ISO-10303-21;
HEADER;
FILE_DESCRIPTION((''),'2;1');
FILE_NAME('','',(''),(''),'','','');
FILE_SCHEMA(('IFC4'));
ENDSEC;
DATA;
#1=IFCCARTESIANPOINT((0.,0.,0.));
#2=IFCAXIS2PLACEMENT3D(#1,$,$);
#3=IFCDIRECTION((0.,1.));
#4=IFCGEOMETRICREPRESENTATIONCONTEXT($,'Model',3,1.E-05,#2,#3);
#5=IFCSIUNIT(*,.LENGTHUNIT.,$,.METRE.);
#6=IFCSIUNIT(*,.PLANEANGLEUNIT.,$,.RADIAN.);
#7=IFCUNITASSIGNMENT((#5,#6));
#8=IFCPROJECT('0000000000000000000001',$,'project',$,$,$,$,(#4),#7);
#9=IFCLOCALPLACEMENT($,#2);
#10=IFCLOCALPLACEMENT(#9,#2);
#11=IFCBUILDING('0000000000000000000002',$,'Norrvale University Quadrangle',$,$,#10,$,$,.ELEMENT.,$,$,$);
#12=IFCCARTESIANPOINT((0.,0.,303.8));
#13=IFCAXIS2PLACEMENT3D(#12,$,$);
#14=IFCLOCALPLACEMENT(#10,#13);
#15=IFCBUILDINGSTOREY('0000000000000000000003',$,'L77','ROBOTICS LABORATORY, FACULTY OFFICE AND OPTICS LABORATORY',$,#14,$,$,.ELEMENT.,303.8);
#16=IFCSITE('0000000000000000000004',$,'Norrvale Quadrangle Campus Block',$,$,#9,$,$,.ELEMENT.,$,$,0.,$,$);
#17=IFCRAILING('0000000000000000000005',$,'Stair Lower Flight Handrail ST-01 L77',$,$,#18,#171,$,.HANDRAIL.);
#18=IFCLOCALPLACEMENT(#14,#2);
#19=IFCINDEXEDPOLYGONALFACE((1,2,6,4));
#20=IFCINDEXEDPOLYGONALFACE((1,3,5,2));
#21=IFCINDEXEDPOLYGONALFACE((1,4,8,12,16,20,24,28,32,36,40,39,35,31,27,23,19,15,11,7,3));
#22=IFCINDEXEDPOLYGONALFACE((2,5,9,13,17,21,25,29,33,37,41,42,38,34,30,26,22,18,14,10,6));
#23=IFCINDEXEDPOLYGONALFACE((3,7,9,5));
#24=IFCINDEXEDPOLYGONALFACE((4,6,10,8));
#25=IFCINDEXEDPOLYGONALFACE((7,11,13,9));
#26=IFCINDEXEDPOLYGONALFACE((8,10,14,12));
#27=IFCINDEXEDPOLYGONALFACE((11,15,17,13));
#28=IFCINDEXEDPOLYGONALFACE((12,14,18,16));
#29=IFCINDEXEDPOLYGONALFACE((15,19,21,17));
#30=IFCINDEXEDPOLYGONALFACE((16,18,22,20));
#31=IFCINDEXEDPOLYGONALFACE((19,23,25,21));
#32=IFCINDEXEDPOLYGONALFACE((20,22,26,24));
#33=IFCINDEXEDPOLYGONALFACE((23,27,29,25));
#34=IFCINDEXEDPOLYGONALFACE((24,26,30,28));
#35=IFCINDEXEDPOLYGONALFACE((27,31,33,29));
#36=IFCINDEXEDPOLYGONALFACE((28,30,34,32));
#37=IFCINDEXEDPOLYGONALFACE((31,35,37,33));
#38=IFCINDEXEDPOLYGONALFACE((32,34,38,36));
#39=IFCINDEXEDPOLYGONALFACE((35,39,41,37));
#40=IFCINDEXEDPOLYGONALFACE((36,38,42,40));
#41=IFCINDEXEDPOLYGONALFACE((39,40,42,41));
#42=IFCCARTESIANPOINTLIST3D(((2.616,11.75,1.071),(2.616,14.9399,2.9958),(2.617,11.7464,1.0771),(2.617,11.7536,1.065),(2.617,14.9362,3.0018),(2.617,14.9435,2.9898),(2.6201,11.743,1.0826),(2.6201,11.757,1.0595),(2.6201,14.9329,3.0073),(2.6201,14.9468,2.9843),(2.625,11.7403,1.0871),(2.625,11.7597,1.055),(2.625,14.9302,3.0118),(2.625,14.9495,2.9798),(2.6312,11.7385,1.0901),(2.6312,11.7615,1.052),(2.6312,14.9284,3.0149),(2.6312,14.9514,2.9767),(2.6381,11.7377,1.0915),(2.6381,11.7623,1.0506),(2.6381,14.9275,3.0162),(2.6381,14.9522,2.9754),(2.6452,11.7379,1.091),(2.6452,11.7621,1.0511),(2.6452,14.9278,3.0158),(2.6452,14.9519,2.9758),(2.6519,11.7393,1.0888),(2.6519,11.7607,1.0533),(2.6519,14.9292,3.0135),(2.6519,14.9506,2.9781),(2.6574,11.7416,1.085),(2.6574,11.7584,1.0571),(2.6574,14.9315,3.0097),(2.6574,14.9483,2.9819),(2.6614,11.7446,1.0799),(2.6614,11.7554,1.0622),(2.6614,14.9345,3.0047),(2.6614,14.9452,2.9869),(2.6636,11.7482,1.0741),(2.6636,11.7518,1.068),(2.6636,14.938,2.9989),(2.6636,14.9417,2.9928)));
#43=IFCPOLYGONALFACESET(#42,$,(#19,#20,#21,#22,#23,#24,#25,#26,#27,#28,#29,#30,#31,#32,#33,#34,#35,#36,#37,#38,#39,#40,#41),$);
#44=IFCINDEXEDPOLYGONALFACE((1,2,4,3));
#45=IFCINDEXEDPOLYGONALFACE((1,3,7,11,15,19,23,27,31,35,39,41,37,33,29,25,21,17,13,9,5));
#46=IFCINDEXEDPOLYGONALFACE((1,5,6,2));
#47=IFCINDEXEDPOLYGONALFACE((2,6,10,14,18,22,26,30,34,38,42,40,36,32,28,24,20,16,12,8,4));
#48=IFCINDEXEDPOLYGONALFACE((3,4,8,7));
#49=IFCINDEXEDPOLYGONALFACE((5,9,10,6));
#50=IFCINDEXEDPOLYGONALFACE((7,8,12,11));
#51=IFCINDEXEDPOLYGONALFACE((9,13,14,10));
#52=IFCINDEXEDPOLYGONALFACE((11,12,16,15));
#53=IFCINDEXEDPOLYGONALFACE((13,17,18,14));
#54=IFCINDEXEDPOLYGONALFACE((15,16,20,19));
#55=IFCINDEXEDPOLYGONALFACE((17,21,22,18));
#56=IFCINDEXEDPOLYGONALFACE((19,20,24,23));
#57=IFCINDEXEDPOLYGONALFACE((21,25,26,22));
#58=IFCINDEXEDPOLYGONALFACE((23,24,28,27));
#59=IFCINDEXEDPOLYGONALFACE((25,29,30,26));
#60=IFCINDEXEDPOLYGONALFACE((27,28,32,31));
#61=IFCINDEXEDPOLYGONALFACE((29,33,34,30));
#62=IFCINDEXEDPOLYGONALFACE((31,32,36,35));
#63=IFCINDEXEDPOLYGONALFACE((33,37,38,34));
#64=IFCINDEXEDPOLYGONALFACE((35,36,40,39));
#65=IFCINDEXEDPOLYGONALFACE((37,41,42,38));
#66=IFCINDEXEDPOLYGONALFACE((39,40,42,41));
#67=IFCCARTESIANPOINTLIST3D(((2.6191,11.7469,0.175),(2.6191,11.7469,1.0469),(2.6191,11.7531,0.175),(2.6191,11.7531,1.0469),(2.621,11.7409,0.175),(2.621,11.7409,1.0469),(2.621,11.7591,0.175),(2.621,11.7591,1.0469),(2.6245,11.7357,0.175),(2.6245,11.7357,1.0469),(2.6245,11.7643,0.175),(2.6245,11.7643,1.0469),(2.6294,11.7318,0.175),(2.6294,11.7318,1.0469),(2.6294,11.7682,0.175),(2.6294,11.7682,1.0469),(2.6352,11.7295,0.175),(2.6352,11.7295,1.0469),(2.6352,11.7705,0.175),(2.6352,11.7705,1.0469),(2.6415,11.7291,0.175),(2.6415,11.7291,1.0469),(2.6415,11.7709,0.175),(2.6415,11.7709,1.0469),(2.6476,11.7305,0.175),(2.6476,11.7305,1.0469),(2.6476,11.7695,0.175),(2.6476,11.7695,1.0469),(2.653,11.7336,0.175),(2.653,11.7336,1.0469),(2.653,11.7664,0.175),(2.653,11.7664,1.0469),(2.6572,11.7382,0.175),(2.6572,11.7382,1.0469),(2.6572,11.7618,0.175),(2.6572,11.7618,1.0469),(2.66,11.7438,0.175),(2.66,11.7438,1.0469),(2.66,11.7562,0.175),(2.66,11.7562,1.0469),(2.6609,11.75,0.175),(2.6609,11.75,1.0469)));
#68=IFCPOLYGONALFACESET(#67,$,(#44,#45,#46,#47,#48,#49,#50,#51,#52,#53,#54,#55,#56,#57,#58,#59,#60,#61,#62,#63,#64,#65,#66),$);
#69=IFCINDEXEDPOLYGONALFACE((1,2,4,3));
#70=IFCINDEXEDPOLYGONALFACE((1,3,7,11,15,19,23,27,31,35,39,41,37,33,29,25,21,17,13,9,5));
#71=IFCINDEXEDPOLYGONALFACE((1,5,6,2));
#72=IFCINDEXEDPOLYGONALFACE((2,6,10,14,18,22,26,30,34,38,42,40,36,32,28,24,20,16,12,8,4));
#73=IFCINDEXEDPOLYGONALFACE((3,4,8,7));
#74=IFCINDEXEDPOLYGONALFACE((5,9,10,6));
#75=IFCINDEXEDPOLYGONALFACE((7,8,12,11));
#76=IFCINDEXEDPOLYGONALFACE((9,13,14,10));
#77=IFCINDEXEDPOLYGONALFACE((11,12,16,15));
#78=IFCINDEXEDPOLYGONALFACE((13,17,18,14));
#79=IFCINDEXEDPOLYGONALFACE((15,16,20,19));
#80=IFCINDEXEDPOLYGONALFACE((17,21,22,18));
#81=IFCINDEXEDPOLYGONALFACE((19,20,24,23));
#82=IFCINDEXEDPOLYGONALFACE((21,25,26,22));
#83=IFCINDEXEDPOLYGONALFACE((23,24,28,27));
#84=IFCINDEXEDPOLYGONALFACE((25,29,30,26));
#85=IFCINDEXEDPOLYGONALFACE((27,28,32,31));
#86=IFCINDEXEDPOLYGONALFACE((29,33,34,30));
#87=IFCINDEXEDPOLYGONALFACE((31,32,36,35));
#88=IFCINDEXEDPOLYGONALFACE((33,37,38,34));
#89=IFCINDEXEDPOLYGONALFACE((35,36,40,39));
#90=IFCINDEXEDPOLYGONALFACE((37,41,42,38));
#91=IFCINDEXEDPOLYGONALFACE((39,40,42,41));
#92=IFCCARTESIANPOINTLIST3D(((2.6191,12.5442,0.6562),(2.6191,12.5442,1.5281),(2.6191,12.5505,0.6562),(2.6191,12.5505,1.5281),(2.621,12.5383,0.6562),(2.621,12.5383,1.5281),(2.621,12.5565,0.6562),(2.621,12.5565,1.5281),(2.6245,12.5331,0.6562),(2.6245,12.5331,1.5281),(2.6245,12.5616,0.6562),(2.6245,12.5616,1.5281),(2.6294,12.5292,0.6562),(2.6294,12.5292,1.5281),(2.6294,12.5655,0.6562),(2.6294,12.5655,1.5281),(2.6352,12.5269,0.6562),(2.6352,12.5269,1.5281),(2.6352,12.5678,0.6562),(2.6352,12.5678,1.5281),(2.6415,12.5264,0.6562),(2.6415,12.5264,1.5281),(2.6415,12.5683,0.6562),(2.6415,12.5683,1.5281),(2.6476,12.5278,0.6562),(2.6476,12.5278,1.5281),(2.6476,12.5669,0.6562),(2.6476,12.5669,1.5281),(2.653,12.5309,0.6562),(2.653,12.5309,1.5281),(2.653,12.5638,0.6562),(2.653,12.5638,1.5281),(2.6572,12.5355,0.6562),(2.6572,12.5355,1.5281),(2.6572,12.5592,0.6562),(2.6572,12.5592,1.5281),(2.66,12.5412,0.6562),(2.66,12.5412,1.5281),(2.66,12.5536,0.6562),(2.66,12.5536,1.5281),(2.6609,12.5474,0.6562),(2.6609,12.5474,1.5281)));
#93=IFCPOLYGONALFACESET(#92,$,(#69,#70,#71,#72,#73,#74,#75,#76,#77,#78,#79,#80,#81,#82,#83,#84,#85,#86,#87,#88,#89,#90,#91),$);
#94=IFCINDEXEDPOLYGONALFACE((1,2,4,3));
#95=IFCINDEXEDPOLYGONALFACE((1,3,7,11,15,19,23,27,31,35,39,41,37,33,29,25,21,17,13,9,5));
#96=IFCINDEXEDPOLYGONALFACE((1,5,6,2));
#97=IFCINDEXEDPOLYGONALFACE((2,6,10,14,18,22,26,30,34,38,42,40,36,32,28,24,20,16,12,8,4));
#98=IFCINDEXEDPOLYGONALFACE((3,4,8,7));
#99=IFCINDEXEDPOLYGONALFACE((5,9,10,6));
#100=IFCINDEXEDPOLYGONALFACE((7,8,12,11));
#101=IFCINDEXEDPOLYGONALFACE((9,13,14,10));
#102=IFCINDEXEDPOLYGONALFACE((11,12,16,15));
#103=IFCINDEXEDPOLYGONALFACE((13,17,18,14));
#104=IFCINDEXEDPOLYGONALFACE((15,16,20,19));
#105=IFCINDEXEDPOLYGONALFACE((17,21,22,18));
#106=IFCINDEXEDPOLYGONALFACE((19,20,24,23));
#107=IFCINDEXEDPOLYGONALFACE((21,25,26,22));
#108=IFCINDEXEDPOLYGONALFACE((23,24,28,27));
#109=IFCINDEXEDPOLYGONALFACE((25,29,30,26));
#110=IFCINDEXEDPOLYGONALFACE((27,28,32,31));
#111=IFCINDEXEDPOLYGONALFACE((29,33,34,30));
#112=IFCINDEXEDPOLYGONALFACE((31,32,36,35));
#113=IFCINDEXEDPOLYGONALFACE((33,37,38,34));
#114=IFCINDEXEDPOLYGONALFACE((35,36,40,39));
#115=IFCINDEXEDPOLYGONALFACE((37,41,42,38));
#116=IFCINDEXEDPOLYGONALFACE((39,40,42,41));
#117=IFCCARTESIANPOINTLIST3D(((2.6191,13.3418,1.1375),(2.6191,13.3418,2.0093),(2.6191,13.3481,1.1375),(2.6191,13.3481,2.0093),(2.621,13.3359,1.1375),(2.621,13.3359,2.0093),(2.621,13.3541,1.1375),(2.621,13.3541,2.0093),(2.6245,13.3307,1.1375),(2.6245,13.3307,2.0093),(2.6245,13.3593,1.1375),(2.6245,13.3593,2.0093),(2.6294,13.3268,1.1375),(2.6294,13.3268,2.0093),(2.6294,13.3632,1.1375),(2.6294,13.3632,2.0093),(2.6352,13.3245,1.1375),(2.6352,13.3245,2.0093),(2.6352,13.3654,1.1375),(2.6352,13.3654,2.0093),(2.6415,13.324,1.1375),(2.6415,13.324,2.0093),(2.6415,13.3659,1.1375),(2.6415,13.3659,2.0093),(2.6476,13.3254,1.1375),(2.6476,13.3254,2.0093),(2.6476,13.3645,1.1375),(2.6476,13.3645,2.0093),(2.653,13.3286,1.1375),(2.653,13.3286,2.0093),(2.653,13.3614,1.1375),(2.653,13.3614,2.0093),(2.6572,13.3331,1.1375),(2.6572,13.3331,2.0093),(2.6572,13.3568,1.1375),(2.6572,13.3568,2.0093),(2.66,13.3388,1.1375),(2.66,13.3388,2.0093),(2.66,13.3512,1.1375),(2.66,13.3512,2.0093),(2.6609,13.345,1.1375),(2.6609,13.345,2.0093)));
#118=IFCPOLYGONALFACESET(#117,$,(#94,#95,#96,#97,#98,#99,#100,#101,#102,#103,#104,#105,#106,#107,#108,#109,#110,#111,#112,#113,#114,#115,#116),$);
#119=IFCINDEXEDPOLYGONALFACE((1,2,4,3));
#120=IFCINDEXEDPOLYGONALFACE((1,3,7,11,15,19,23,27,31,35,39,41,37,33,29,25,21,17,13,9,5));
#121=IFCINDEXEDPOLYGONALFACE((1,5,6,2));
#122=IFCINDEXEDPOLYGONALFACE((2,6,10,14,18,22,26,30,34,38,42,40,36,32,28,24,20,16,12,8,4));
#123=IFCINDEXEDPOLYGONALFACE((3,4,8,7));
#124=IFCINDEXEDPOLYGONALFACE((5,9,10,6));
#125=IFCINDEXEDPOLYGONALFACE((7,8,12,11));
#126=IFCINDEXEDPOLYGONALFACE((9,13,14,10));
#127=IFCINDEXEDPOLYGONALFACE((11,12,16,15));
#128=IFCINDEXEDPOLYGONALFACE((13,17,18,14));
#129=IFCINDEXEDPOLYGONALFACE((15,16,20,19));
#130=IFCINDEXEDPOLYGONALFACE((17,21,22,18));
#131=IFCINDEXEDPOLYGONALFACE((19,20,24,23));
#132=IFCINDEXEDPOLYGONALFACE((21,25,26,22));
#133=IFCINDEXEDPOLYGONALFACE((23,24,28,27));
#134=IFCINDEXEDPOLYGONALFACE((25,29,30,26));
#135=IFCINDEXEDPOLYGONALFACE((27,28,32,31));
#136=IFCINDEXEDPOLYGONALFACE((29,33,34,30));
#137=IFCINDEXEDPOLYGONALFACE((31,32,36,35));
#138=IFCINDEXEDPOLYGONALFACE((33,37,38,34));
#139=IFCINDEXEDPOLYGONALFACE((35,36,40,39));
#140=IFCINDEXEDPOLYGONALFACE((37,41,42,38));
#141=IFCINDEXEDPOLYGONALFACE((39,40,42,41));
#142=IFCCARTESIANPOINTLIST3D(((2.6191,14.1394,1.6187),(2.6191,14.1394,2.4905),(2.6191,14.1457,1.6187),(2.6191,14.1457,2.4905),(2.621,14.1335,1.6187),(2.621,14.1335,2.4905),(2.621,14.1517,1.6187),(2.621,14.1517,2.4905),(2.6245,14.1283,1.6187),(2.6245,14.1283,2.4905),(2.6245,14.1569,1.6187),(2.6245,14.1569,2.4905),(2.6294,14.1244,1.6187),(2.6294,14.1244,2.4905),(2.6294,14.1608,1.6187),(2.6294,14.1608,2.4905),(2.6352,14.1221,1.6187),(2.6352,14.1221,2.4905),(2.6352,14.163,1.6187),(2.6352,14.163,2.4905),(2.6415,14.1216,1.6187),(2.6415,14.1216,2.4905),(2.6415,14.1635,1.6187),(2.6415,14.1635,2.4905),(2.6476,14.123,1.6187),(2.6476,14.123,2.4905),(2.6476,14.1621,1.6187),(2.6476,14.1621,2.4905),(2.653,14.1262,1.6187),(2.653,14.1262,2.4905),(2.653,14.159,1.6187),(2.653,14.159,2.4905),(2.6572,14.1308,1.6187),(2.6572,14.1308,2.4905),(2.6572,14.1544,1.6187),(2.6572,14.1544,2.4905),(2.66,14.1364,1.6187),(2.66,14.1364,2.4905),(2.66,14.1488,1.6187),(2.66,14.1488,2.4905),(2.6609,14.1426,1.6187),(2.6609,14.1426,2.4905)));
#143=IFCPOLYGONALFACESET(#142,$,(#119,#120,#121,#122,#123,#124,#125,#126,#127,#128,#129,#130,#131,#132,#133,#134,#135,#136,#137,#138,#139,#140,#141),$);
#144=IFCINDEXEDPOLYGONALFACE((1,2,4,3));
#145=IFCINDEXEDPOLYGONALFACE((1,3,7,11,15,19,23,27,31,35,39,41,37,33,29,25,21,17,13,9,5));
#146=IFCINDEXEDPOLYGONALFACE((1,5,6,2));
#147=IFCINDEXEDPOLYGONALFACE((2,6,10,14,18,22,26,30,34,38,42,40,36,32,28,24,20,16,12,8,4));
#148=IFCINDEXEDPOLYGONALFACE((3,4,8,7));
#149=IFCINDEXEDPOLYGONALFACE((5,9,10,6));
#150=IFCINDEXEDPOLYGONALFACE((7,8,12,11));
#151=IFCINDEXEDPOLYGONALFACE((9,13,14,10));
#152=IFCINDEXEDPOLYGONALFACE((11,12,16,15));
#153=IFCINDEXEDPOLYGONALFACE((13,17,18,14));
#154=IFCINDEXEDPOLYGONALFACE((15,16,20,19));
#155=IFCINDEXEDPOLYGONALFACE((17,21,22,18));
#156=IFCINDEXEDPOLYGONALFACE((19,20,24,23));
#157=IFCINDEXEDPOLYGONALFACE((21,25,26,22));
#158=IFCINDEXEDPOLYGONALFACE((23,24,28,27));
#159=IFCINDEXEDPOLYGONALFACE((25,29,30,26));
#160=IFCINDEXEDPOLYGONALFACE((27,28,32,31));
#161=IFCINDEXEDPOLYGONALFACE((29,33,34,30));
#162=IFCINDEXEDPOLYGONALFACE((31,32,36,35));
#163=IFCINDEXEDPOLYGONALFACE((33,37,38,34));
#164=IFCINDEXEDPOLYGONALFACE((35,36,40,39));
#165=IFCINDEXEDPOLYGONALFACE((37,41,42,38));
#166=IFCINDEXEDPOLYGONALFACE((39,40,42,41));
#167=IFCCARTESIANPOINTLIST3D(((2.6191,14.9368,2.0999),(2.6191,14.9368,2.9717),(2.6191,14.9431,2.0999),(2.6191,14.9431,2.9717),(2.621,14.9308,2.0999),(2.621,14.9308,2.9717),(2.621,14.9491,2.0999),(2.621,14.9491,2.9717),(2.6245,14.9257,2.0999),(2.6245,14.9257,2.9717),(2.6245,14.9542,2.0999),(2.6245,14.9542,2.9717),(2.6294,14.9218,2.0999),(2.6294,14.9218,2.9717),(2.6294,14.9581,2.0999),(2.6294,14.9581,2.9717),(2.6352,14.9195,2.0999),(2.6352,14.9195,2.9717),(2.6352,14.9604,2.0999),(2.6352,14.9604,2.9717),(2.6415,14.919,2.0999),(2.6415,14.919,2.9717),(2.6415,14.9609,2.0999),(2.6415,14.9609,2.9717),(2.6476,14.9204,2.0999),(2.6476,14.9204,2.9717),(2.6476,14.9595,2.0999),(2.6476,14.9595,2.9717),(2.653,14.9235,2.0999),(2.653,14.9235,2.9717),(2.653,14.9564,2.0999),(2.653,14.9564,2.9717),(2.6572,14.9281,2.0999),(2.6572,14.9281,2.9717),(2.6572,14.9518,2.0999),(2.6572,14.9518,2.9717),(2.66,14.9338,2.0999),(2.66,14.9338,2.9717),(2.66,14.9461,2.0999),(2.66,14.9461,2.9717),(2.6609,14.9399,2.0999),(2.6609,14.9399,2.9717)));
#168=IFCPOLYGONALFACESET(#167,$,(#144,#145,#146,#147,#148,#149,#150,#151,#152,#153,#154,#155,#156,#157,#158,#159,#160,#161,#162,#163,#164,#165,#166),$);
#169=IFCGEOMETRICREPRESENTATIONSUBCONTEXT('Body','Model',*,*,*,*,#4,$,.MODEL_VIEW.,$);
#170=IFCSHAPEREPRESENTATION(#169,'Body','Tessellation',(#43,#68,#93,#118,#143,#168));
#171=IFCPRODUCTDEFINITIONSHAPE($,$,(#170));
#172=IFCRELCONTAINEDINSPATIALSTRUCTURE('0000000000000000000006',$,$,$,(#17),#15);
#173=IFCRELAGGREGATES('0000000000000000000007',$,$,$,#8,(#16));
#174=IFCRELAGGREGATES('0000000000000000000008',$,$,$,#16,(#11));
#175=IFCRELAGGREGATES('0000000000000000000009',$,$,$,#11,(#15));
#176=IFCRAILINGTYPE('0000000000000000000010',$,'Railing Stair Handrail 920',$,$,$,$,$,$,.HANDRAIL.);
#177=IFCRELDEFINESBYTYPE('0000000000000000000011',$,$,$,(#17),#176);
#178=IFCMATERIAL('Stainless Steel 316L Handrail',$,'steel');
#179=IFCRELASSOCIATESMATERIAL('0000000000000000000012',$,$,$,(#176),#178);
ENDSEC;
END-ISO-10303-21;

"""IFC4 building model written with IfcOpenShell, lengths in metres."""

from ifc_helpers import new_model, si_unit, direction, frame, origin, origin_2d, place, context, subcontext, project, spatial, circle, extrude, material, type_object, element, save


model = new_model("IFC4")

# Units and contexts
model_context = context("Model", 3, precision=1e-05, world=origin(), true_north=direction((0.0, 1.0)))
body_context = subcontext(model_context, "Body", "Model", "MODEL_VIEW")
ifc_project = project(units=[si_unit("LENGTHUNIT", "METRE"), si_unit("PLANEANGLEUNIT", "RADIAN")], contexts=[model_context])

# Site, building, storey
site_placement = place(None, origin())
site = spatial("IfcSite", under=ifc_project, at=site_placement, Name="Norrvale Quadrangle Campus Block", CompositionType="ELEMENT", RefElevation=0.0)
building_placement = place(site_placement, origin())
building = spatial("IfcBuilding", under=site, at=building_placement, Name="Norrvale University Quadrangle", CompositionType="ELEMENT")
storey_placement = place(building_placement, frame((0.0, 0.0, 303.8)))
storey = spatial("IfcBuildingStorey", under=building, at=storey_placement, Name="L77", Description="ROBOTICS LABORATORY, FACULTY OFFICE AND OPTICS LABORATORY", CompositionType="ELEMENT", Elevation=303.8)

# Railing
ifc_material_1 = material(Name="Stainless Steel 316L Handrail", Category="steel")
railing_type_1 = type_object("IfcRailingType", Name="Railing Stair Handrail 920", PredefinedType="HANDRAIL", material=ifc_material_1)
railing_1_placement = place(storey_placement, frame((2.6399, 11.75, 0.175)))
element("IfcRailing", 1, at=railing_1_placement, inside=storey, type_object=railing_type_1, Name="Stair Lower Flight Handrail ST-01 L77", PredefinedType="HANDRAIL", context=body_context, shape_type="SweptSolid", body=[
    extrude(circle(Radius=0.0239, at=origin_2d()), frame((0.0, 0.0, 0.896), z_axis=(0.0, 0.856207, 0.516633), x_axis=(-1.0, 0.0, 0.0)), (0.0, 0.0, 1.0), 3.7256),
    extrude(circle(Radius=0.021, at=origin_2d()), origin(), (0.0, 0.0, 1.0), 0.8718),
    extrude(circle(Radius=0.021, at=origin_2d()), frame((0.0, 0.7974, 0.4812)), (0.0, 0.0, 1.0), 0.8718),
    extrude(circle(Radius=0.021, at=origin_2d()), frame((0.0, 1.595, 0.9624)), (0.0, 0.0, 1.0), 0.8718),
    extrude(circle(Radius=0.021, at=origin_2d()), frame((0.0, 2.3926, 1.4436)), (0.0, 0.0, 1.0), 0.8718),
    extrude(circle(Radius=0.021, at=origin_2d()), frame((0.0, 3.1899, 1.9248)), (0.0, 0.0, 1.0), 0.8718),
])

save(model, "model.ifc")
